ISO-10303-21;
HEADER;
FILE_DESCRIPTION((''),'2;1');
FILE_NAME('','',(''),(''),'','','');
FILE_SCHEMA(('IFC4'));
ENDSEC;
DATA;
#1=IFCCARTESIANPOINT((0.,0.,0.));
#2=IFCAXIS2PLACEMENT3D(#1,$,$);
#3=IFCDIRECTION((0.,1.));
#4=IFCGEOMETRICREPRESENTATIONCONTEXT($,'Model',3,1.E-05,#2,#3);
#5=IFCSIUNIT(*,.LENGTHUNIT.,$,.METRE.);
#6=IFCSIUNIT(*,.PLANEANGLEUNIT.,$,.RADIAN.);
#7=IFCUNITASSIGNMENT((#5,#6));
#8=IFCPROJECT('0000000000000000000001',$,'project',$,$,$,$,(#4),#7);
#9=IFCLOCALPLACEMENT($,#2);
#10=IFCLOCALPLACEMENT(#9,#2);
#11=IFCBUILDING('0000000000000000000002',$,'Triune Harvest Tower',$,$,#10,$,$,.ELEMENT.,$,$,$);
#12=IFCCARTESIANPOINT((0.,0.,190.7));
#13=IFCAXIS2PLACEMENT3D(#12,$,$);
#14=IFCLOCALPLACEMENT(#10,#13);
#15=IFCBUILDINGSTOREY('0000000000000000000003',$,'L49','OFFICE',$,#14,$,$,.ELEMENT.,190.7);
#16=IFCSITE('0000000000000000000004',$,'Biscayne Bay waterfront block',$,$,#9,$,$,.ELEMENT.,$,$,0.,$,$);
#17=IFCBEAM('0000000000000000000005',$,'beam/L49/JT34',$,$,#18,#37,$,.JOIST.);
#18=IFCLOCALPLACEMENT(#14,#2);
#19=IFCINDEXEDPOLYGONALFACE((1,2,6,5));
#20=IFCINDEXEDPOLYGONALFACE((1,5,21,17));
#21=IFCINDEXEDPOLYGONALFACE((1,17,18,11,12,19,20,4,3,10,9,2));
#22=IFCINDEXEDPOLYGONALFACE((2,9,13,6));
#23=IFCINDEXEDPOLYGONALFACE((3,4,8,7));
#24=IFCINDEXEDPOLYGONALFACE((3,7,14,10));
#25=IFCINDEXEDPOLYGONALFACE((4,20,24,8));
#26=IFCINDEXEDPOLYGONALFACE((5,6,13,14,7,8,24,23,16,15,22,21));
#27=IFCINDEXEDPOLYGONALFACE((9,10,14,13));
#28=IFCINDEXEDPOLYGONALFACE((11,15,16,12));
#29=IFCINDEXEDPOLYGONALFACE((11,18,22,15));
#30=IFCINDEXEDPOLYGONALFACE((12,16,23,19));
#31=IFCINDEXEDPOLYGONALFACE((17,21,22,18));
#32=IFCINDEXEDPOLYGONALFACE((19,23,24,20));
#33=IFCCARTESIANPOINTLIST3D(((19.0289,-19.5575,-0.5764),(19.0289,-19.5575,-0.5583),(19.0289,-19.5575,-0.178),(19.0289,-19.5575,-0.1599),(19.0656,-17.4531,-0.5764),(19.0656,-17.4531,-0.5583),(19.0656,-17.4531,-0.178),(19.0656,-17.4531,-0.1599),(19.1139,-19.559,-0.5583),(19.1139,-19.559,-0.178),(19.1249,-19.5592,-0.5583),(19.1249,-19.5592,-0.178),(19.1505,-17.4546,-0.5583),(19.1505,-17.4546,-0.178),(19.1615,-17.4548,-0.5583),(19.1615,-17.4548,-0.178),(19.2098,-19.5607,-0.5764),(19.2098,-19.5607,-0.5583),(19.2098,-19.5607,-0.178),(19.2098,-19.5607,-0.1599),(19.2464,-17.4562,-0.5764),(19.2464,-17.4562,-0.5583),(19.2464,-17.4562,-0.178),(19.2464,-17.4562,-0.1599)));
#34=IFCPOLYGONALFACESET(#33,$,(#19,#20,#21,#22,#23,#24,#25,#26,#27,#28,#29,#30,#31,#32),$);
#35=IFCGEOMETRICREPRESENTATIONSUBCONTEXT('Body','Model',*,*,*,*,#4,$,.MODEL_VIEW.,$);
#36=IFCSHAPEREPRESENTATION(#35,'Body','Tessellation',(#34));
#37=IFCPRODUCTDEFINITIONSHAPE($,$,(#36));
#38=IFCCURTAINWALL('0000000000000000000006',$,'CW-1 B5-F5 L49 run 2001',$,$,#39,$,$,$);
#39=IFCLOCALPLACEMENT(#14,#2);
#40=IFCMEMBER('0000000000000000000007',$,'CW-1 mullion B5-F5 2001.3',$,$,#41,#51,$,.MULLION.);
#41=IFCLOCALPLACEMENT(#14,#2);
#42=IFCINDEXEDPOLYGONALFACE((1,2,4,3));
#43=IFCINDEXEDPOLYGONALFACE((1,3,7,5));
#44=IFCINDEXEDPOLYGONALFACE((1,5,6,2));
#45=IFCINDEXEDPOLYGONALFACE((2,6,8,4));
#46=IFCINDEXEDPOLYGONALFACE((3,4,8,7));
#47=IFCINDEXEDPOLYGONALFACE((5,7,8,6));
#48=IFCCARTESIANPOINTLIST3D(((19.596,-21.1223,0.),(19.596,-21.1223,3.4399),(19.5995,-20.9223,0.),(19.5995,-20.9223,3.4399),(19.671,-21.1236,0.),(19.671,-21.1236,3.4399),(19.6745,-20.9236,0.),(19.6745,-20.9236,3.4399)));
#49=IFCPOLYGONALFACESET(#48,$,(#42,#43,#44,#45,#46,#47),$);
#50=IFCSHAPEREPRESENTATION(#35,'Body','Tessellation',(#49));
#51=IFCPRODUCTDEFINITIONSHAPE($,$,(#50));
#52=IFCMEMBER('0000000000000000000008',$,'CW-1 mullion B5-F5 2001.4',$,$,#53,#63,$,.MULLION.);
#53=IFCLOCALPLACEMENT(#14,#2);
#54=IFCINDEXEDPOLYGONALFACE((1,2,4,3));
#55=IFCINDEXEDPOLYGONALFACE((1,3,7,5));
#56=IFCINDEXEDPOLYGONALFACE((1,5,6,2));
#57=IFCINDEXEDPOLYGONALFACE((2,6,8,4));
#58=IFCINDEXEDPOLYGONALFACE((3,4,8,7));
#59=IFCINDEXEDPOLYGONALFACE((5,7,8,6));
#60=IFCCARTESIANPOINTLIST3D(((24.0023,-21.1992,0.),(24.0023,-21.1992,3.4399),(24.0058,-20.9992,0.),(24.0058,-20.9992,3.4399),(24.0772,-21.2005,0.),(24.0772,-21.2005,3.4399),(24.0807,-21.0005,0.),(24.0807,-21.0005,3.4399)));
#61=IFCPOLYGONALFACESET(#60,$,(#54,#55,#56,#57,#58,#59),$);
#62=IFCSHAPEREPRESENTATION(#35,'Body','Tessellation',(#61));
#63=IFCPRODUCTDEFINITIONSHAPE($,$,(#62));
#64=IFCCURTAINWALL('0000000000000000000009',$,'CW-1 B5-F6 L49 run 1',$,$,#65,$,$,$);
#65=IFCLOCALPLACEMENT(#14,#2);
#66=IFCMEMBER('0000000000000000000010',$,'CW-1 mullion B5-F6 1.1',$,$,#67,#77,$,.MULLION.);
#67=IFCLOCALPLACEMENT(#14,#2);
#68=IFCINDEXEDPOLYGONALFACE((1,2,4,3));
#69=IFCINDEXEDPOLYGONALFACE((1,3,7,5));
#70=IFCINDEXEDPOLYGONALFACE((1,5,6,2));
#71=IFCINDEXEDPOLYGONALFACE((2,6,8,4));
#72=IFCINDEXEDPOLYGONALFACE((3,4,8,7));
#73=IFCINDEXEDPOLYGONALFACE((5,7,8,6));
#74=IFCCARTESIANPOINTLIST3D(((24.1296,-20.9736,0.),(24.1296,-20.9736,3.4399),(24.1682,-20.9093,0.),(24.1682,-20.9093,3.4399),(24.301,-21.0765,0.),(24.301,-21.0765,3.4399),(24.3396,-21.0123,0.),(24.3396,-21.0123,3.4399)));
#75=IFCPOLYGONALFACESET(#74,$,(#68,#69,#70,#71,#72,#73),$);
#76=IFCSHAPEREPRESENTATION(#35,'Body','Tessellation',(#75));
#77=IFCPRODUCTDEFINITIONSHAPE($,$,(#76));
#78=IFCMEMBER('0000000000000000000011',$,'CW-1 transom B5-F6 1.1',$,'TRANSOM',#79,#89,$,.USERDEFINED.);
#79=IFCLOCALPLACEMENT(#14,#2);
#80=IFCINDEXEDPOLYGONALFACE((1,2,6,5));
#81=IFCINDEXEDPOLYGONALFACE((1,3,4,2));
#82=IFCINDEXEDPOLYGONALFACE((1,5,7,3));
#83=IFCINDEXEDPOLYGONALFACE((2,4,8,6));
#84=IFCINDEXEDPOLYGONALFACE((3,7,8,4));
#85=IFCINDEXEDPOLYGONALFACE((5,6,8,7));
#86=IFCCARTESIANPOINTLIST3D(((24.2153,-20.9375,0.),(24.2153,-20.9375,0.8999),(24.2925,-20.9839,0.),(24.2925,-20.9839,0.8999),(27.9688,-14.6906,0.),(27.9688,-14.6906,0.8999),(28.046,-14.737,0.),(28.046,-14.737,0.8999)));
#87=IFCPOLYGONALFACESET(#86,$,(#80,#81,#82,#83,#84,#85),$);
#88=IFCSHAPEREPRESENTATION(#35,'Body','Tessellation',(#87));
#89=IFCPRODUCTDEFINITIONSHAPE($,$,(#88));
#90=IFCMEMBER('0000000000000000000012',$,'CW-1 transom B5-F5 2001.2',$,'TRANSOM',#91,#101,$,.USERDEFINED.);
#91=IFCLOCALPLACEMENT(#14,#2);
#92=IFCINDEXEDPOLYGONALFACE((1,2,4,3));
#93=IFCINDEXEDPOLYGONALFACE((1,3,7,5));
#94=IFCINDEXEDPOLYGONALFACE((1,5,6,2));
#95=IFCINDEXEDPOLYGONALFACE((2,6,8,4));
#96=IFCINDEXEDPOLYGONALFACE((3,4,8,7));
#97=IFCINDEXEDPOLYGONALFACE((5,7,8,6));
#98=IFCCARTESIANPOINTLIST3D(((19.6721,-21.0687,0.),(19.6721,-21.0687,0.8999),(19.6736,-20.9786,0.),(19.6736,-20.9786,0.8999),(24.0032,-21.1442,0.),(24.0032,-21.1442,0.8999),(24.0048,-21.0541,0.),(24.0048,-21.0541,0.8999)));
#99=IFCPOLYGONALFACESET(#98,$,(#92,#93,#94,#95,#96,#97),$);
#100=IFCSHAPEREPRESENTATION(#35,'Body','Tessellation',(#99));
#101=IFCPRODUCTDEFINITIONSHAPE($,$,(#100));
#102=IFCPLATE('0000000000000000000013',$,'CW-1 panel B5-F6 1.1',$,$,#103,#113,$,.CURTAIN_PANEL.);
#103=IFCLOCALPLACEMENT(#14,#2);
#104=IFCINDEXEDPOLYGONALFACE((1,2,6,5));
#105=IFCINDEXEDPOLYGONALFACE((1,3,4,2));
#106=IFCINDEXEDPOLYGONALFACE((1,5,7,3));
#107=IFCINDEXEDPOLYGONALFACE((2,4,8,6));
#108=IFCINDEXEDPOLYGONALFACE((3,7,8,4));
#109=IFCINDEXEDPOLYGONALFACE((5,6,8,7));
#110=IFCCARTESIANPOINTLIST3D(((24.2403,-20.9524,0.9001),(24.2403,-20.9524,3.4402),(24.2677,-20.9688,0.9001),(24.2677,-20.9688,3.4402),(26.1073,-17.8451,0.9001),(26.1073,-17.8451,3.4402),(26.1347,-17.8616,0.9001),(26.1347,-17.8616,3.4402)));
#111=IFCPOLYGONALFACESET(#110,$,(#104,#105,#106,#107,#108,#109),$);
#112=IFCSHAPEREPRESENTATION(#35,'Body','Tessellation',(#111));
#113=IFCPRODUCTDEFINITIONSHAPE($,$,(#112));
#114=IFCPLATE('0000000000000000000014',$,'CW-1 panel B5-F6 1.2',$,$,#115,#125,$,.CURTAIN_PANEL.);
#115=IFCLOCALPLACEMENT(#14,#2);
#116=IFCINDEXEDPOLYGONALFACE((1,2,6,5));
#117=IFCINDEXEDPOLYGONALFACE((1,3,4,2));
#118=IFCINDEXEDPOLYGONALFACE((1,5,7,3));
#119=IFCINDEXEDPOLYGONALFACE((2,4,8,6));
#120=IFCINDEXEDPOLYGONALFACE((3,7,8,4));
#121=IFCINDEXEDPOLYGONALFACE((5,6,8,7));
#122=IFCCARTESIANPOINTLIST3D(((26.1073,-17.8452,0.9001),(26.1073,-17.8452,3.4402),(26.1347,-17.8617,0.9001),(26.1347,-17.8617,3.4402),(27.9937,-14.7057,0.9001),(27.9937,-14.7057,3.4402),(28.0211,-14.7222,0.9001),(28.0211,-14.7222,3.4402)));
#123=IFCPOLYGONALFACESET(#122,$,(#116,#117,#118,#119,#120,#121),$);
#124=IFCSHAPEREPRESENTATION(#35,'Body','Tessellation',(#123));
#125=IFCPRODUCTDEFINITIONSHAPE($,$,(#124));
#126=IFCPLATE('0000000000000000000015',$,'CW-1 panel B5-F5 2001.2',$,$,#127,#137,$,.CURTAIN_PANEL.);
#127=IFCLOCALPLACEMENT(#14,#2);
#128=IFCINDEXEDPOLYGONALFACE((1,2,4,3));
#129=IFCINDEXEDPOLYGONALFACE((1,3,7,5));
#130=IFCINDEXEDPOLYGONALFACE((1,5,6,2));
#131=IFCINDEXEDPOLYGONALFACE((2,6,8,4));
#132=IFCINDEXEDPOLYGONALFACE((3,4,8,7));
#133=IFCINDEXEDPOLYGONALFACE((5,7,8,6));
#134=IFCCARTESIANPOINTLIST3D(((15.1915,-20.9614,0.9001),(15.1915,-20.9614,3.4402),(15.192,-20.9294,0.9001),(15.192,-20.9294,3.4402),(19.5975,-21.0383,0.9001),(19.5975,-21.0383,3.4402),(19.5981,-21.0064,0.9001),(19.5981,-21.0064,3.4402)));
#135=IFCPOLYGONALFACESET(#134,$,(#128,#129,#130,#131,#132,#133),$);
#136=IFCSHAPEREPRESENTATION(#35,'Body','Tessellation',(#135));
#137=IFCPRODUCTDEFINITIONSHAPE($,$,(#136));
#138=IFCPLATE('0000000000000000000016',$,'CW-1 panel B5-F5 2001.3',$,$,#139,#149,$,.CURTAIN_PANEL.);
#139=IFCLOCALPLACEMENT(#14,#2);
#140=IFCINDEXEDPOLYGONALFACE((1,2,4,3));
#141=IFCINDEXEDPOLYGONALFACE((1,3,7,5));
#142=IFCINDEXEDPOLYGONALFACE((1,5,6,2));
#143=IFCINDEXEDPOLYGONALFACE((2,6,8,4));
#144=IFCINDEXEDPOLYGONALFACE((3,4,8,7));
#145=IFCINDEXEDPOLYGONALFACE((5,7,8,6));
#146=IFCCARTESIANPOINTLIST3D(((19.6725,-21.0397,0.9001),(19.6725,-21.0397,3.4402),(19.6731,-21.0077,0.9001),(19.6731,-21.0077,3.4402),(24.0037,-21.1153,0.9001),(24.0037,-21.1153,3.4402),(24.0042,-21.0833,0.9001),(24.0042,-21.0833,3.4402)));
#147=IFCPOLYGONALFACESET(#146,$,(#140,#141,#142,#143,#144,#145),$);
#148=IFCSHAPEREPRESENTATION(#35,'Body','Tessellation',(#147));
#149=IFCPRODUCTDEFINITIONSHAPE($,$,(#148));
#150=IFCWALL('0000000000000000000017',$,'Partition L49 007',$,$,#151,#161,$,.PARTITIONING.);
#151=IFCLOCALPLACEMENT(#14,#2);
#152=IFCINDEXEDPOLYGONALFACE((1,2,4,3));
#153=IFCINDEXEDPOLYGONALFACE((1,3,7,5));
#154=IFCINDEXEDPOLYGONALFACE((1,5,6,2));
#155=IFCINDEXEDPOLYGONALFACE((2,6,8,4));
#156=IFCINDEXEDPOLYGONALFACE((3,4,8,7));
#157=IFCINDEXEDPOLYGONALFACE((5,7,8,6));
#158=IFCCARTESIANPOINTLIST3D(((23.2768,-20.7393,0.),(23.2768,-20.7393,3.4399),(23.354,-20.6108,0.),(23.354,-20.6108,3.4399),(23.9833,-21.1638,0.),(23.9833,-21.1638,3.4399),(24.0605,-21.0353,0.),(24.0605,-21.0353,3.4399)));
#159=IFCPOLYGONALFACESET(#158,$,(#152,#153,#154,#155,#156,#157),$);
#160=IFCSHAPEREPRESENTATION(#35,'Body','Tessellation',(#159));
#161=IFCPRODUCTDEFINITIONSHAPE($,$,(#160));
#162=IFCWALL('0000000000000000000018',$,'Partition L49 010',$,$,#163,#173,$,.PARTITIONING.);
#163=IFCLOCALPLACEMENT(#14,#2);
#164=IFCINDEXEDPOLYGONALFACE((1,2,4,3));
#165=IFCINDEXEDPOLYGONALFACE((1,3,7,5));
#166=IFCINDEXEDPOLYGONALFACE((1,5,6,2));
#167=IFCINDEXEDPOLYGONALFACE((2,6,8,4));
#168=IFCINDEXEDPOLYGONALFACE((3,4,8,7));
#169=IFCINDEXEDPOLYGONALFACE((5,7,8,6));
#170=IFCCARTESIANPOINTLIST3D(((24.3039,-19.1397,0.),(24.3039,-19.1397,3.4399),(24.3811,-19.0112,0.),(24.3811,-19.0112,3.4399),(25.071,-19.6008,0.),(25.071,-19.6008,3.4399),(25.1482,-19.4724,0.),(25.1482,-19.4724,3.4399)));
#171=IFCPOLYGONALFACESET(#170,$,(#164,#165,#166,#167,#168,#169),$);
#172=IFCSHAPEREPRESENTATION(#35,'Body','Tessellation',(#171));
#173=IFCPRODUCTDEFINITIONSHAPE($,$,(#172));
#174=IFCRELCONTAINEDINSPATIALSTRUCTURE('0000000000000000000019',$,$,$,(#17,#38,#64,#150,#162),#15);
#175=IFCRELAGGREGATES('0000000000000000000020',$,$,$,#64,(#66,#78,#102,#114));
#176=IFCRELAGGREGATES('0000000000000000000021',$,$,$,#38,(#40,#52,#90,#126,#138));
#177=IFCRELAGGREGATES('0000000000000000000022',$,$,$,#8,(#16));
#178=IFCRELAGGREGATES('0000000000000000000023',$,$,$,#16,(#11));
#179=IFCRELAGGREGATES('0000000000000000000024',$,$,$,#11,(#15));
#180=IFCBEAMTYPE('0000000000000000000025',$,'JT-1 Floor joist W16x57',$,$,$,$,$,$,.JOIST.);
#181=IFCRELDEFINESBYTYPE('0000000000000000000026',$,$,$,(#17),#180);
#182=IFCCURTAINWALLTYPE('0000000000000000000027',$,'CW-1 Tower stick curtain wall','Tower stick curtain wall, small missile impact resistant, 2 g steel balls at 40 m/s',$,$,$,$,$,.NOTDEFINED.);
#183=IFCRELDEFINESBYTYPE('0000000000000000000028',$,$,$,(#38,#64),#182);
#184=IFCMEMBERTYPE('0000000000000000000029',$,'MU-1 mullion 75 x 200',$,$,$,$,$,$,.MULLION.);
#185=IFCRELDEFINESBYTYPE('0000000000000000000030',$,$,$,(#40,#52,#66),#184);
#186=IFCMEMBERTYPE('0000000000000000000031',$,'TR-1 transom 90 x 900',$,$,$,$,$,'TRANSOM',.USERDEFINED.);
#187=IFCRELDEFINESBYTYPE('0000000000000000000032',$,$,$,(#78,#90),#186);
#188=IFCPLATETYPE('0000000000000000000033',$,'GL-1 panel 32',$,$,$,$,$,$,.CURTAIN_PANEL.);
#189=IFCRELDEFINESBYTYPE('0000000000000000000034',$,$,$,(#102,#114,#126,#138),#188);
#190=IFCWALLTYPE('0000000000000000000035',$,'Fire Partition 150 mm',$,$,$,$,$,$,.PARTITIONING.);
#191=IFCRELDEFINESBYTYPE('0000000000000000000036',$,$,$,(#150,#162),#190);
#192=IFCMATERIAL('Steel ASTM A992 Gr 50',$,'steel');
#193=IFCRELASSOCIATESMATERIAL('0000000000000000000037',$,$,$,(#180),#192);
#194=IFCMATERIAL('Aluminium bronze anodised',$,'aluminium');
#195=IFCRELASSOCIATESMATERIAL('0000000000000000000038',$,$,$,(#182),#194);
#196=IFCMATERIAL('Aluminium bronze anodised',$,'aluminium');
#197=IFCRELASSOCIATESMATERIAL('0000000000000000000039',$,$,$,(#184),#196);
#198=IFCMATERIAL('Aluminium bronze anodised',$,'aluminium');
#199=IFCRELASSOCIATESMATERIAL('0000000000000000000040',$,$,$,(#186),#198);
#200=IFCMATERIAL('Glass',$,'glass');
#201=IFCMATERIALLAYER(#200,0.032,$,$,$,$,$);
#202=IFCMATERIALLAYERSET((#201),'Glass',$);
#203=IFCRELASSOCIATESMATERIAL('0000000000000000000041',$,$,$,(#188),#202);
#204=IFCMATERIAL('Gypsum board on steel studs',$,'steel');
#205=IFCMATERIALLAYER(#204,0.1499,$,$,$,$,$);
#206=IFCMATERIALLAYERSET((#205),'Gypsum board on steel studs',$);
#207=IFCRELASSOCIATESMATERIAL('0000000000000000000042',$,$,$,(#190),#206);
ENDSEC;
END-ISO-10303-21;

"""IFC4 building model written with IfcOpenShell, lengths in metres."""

from ifc_helpers import new_model, si_unit, direction, frame, frame_2d, origin, origin_2d, place, context, subcontext, project, spatial, rectangle, i_section, extrude, source, transform, mapped, material, layer, layer_set, material_profile, profile_set, type_object, element, aggregate, save


model = new_model("IFC4")

# Units and contexts
model_context = context("Model", 3, precision=1e-05, world=origin(), true_north=direction((0.0, 1.0)))
body_context = subcontext(model_context, "Body", "Model", "MODEL_VIEW")
ifc_project = project(units=[si_unit("LENGTHUNIT", "METRE"), si_unit("PLANEANGLEUNIT", "RADIAN")], contexts=[model_context])

# Site, building, storey
site_placement = place(None, origin())
site = spatial("IfcSite", under=ifc_project, at=site_placement, Name="Biscayne Bay waterfront block", CompositionType="ELEMENT", RefElevation=0.0)
building_placement = place(site_placement, origin())
building = spatial("IfcBuilding", under=site, at=building_placement, Name="Triune Harvest Tower", CompositionType="ELEMENT")
storey_placement = place(building_placement, frame((0.0, 0.0, 190.7)))
storey = spatial("IfcBuildingStorey", under=building, at=storey_placement, Name="L49", Description="OFFICE", CompositionType="ELEMENT", Elevation=190.7)

# Beam
ifc_material_1 = material(Name="Steel ASTM A992 Gr 50", Category="steel")
ifc_material_profile_1 = material_profile(ifc_material_1, i_section(OverallWidth=0.1809, OverallDepth=0.4165, WebThickness=0.011, FlangeThickness=0.0181, at=origin_2d()), Name="W16x57")
ifc_profile_set_1 = profile_set([ifc_material_profile_1], Name="Steel ASTM A992 Gr 50")
beam_type_1 = type_object("IfcBeamType", Name="JT-1 Floor joist W16x57", PredefinedType="JOIST", material=ifc_profile_set_1)
shared_shape_1 = source(origin(), body_context, "Body", "SweptSolid", [
    extrude(i_section(OverallWidth=0.1809, OverallDepth=0.4165, WebThickness=0.011, FlangeThickness=0.0181, at=origin_2d()), origin(), (0.0, 0.0, 1.0), 2.1047),
])
beam_1_placement = place(storey_placement, frame((19.1194, -19.5591, -0.3682), z_axis=(0.017399, 0.999849, 0.0), x_axis=(-0.999849, 0.017399, 0.0)))
element("IfcBeam", 1, at=beam_1_placement, inside=storey, type_object=beam_type_1, Name="beam/L49/JT34", PredefinedType="JOIST", context=body_context, shape_type="MappedRepresentation", body=[
    mapped(shared_shape_1, transform((0.0, 0.0, 0.0), scale=1.0)),
])

# Curtain walls, members
ifc_material_2 = material(Name="Aluminium bronze anodised", Category="aluminium")
curtain_wall_type = type_object("IfcCurtainWallType", Name="CW-1 Tower stick curtain wall", Description="Tower stick curtain wall, small missile impact resistant, 2 g steel balls at 40 m/s", PredefinedType="NOTDEFINED", material=ifc_material_2)
curtain_wall_1_placement = place(storey_placement, origin())
curtain_wall_1 = element("IfcCurtainWall", 2, at=curtain_wall_1_placement, inside=storey, type_object=curtain_wall_type, Name="CW-1 B5-F5 L49 run 2001")
ifc_material_3 = material(Name="Aluminium bronze anodised", Category="aluminium")
ifc_material_profile_2 = material_profile(ifc_material_3, rectangle(XDim=0.2, YDim=0.075, at=origin_2d()), Name="MU-1 mullion 75 x 200")
ifc_profile_set_2 = profile_set([ifc_material_profile_2], Name="Aluminium bronze anodised")
member_type_1 = type_object("IfcMemberType", Name="MU-1 mullion 75 x 200", PredefinedType="MULLION", material=ifc_profile_set_2)
shared_shape_2 = source(origin(), body_context, "Body", "SweptSolid", [
    extrude(rectangle(XDim=0.2, YDim=0.075, at=origin_2d()), origin(), (0.0, 0.0, 1.0), 3.4399),
])
member_1_placement = place(storey_placement, frame((19.6353, -21.0229, 0.0), z_axis=(0.0, 0.0, 1.0), x_axis=(0.017455, 0.999848, 0.0)))
member_1 = element("IfcMember", 3, at=member_1_placement, type_object=member_type_1, Name="CW-1 mullion B5-F5 2001.3", PredefinedType="MULLION", context=body_context, shape_type="MappedRepresentation", body=[
    mapped(shared_shape_2, transform((0.0, 0.0, 0.0), scale=1.0)),
])
member_2_placement = place(storey_placement, frame((24.0415, -21.0999, 0.0), z_axis=(0.0, 0.0, 1.0), x_axis=(0.017455, 0.999848, 0.0)))
member_2 = element("IfcMember", 4, at=member_2_placement, type_object=member_type_1, Name="CW-1 mullion B5-F5 2001.4", PredefinedType="MULLION", context=body_context, shape_type="MappedRepresentation", body=[
    mapped(shared_shape_2, transform((0.0, 0.0, 0.0), scale=1.0)),
])
curtain_wall_2_placement = place(storey_placement, origin())
curtain_wall_2 = element("IfcCurtainWall", 5, at=curtain_wall_2_placement, inside=storey, type_object=curtain_wall_type, Name="CW-1 B5-F6 L49 run 1")
member_3_placement = place(storey_placement, frame((24.2346, -20.9929, 0.0), z_axis=(0.0, 0.0, 1.0), x_axis=(-0.857168, 0.515037, 0.0)))
member_3 = element("IfcMember", 6, at=member_3_placement, type_object=member_type_1, Name="CW-1 mullion B5-F6 1.1", PredefinedType="MULLION", context=body_context, shape_type="MappedRepresentation", body=[
    mapped(shared_shape_2, transform((0.0, 0.0, 0.0), scale=1.0)),
])
ifc_material_4 = material(Name="Aluminium bronze anodised", Category="aluminium")
ifc_material_profile_3 = material_profile(ifc_material_4, rectangle(XDim=0.0901, YDim=0.8999, at=origin_2d()), Name="TR-1 transom 90 x 900")
ifc_profile_set_3 = profile_set([ifc_material_profile_3], Name="Aluminium bronze anodised")
member_type_2 = type_object("IfcMemberType", Name="TR-1 transom 90 x 900", ElementType="TRANSOM", PredefinedType="USERDEFINED", material=ifc_profile_set_3)
shared_shape_3 = source(origin(), body_context, "Body", "SweptSolid", [
    extrude(rectangle(XDim=0.0901, YDim=0.8999, at=origin_2d()), origin(), (0.0, 0.0, 1.0), 7.2878),
])
member_4_placement = place(storey_placement, frame((24.2539, -20.9607, 0.45), z_axis=(0.515033, 0.857171, 0.0), x_axis=(-0.857171, 0.515033, 0.0)))
member_4 = element("IfcMember", 7, at=member_4_placement, type_object=member_type_2, Name="CW-1 transom B5-F6 1.1", ObjectType="TRANSOM", PredefinedType="USERDEFINED", context=body_context, shape_type="MappedRepresentation", body=[
    mapped(shared_shape_3, transform((0.0, 0.0, 0.0), scale=1.0)),
])

# Member
shared_shape_4 = source(origin(), body_context, "Body", "SweptSolid", [
    extrude(rectangle(XDim=0.0901, YDim=0.8999, at=origin_2d()), origin(), (0.0, 0.0, 1.0), 4.3318),
])
member_5_placement = place(storey_placement, frame((19.6729, -21.0237, 0.45), z_axis=(0.999848, -0.017416, 0.0), x_axis=(0.017416, 0.999848, 0.0)))
member_5 = element("IfcMember", 8, at=member_5_placement, type_object=member_type_2, Name="CW-1 transom B5-F5 2001.2", ObjectType="TRANSOM", PredefinedType="USERDEFINED", context=body_context, shape_type="MappedRepresentation", body=[
    mapped(shared_shape_4, transform((0.0, 0.0, 0.0), scale=1.0)),
])

# Plates
ifc_material_5 = material(Name="Glass", Category="glass")
ifc_layer_1 = layer(ifc_material_5, 0.032)
ifc_layer_set_1 = layer_set([ifc_layer_1], Name="Glass")
plate_type = type_object("IfcPlateType", Name="GL-1 panel 32", PredefinedType="CURTAIN_PANEL", material=ifc_layer_set_1)
shared_shape_5 = source(origin(), body_context, "Body", "SweptSolid", [
    extrude(rectangle(XDim=3.625, YDim=0.032, at=origin_2d()), origin(), (0.0, 0.0, 1.0), 2.54),
])
plate_1_placement = place(storey_placement, frame((25.1875, -19.407, 0.9001), z_axis=(0.0, 0.0, 1.0), x_axis=(0.515037, 0.857168, 0.0)))
plate_1 = element("IfcPlate", 9, at=plate_1_placement, type_object=plate_type, Name="CW-1 panel B5-F6 1.1", PredefinedType="CURTAIN_PANEL", context=body_context, shape_type="MappedRepresentation", body=[
    mapped(shared_shape_5, transform((0.0, 0.0, 0.0), scale=1.0)),
])
shared_shape_6 = source(origin(), body_context, "Body", "SweptSolid", [
    extrude(rectangle(XDim=3.6626, YDim=0.032, at=origin_2d()), origin(), (0.0, 0.0, 1.0), 2.54),
])
plate_2_placement = place(storey_placement, frame((27.0642, -16.2837, 0.9001), z_axis=(0.0, 0.0, 1.0), x_axis=(0.515037, 0.857168, 0.0)))
plate_2 = element("IfcPlate", 10, at=plate_2_placement, type_object=plate_type, Name="CW-1 panel B5-F6 1.2", PredefinedType="CURTAIN_PANEL", context=body_context, shape_type="MappedRepresentation", body=[
    mapped(shared_shape_6, transform((0.0, 0.0, 0.0), scale=1.0)),
])
aggregate(curtain_wall_2, [member_3, member_4, plate_1, plate_2])
shared_shape_7 = source(origin(), body_context, "Body", "SweptSolid", [
    extrude(rectangle(XDim=4.4067, YDim=0.032, at=origin_2d()), origin(), (0.0, 0.0, 1.0), 2.54),
])
plate_3_placement = place(storey_placement, frame((17.3948, -20.9839, 0.9001), z_axis=(0.0, 0.0, 1.0), x_axis=(0.999848, -0.017455, 0.0)))
plate_3 = element("IfcPlate", 11, at=plate_3_placement, type_object=plate_type, Name="CW-1 panel B5-F5 2001.2", PredefinedType="CURTAIN_PANEL", context=body_context, shape_type="MappedRepresentation", body=[
    mapped(shared_shape_7, transform((0.0, 0.0, 0.0), scale=1.0)),
])
shared_shape_8 = source(origin(), body_context, "Body", "SweptSolid", [
    extrude(rectangle(XDim=4.3318, YDim=0.032, at=origin_2d()), origin(), (0.0, 0.0, 1.0), 2.54),
])
plate_4_placement = place(storey_placement, frame((21.8384, -21.0615, 0.9001), z_axis=(0.0, 0.0, 1.0), x_axis=(0.999848, -0.017455, 0.0)))
plate_4 = element("IfcPlate", 12, at=plate_4_placement, type_object=plate_type, Name="CW-1 panel B5-F5 2001.3", PredefinedType="CURTAIN_PANEL", context=body_context, shape_type="MappedRepresentation", body=[
    mapped(shared_shape_8, transform((0.0, 0.0, 0.0), scale=1.0)),
])
aggregate(curtain_wall_1, [member_1, member_2, member_5, plate_3, plate_4])

# Walls
ifc_material_6 = material(Name="Gypsum board on steel studs", Category="steel")
ifc_layer_2 = layer(ifc_material_6, 0.1499)
ifc_layer_set_2 = layer_set([ifc_layer_2], Name="Gypsum board on steel studs")
wall_type_1 = type_object("IfcWallType", Name="Fire Partition 150 mm", PredefinedType="PARTITIONING", material=ifc_layer_set_2)
wall_1_placement = place(storey_placement, frame((23.3154, -20.675, 0.0), z_axis=(0.0, 0.0, 1.0), x_axis=(0.857153, -0.515062, 0.0)))
element("IfcWall", 13, at=wall_1_placement, inside=storey, type_object=wall_type_1, Name="Partition L49 007", PredefinedType="PARTITIONING", context=body_context, shape_type="SweptSolid", body=[
    extrude(rectangle(XDim=0.8242, YDim=0.1499, at=frame_2d((0.4121, 0.0))), origin(), (0.0, 0.0, 1.0), 3.4399),
])
wall_2_placement = place(storey_placement, frame((24.3425, -19.0754, 0.0), z_axis=(0.0, 0.0, 1.0), x_axis=(0.857035, -0.515258, 0.0)))
element("IfcWall", 14, at=wall_2_placement, inside=storey, type_object=wall_type_1, Name="Partition L49 010", PredefinedType="PARTITIONING", context=body_context, shape_type="SweptSolid", body=[
    extrude(rectangle(XDim=0.895, YDim=0.1499, at=frame_2d((0.4475, 0.0))), origin(), (0.0, 0.0, 1.0), 3.4399),
])

save(model, "model.ifc")
